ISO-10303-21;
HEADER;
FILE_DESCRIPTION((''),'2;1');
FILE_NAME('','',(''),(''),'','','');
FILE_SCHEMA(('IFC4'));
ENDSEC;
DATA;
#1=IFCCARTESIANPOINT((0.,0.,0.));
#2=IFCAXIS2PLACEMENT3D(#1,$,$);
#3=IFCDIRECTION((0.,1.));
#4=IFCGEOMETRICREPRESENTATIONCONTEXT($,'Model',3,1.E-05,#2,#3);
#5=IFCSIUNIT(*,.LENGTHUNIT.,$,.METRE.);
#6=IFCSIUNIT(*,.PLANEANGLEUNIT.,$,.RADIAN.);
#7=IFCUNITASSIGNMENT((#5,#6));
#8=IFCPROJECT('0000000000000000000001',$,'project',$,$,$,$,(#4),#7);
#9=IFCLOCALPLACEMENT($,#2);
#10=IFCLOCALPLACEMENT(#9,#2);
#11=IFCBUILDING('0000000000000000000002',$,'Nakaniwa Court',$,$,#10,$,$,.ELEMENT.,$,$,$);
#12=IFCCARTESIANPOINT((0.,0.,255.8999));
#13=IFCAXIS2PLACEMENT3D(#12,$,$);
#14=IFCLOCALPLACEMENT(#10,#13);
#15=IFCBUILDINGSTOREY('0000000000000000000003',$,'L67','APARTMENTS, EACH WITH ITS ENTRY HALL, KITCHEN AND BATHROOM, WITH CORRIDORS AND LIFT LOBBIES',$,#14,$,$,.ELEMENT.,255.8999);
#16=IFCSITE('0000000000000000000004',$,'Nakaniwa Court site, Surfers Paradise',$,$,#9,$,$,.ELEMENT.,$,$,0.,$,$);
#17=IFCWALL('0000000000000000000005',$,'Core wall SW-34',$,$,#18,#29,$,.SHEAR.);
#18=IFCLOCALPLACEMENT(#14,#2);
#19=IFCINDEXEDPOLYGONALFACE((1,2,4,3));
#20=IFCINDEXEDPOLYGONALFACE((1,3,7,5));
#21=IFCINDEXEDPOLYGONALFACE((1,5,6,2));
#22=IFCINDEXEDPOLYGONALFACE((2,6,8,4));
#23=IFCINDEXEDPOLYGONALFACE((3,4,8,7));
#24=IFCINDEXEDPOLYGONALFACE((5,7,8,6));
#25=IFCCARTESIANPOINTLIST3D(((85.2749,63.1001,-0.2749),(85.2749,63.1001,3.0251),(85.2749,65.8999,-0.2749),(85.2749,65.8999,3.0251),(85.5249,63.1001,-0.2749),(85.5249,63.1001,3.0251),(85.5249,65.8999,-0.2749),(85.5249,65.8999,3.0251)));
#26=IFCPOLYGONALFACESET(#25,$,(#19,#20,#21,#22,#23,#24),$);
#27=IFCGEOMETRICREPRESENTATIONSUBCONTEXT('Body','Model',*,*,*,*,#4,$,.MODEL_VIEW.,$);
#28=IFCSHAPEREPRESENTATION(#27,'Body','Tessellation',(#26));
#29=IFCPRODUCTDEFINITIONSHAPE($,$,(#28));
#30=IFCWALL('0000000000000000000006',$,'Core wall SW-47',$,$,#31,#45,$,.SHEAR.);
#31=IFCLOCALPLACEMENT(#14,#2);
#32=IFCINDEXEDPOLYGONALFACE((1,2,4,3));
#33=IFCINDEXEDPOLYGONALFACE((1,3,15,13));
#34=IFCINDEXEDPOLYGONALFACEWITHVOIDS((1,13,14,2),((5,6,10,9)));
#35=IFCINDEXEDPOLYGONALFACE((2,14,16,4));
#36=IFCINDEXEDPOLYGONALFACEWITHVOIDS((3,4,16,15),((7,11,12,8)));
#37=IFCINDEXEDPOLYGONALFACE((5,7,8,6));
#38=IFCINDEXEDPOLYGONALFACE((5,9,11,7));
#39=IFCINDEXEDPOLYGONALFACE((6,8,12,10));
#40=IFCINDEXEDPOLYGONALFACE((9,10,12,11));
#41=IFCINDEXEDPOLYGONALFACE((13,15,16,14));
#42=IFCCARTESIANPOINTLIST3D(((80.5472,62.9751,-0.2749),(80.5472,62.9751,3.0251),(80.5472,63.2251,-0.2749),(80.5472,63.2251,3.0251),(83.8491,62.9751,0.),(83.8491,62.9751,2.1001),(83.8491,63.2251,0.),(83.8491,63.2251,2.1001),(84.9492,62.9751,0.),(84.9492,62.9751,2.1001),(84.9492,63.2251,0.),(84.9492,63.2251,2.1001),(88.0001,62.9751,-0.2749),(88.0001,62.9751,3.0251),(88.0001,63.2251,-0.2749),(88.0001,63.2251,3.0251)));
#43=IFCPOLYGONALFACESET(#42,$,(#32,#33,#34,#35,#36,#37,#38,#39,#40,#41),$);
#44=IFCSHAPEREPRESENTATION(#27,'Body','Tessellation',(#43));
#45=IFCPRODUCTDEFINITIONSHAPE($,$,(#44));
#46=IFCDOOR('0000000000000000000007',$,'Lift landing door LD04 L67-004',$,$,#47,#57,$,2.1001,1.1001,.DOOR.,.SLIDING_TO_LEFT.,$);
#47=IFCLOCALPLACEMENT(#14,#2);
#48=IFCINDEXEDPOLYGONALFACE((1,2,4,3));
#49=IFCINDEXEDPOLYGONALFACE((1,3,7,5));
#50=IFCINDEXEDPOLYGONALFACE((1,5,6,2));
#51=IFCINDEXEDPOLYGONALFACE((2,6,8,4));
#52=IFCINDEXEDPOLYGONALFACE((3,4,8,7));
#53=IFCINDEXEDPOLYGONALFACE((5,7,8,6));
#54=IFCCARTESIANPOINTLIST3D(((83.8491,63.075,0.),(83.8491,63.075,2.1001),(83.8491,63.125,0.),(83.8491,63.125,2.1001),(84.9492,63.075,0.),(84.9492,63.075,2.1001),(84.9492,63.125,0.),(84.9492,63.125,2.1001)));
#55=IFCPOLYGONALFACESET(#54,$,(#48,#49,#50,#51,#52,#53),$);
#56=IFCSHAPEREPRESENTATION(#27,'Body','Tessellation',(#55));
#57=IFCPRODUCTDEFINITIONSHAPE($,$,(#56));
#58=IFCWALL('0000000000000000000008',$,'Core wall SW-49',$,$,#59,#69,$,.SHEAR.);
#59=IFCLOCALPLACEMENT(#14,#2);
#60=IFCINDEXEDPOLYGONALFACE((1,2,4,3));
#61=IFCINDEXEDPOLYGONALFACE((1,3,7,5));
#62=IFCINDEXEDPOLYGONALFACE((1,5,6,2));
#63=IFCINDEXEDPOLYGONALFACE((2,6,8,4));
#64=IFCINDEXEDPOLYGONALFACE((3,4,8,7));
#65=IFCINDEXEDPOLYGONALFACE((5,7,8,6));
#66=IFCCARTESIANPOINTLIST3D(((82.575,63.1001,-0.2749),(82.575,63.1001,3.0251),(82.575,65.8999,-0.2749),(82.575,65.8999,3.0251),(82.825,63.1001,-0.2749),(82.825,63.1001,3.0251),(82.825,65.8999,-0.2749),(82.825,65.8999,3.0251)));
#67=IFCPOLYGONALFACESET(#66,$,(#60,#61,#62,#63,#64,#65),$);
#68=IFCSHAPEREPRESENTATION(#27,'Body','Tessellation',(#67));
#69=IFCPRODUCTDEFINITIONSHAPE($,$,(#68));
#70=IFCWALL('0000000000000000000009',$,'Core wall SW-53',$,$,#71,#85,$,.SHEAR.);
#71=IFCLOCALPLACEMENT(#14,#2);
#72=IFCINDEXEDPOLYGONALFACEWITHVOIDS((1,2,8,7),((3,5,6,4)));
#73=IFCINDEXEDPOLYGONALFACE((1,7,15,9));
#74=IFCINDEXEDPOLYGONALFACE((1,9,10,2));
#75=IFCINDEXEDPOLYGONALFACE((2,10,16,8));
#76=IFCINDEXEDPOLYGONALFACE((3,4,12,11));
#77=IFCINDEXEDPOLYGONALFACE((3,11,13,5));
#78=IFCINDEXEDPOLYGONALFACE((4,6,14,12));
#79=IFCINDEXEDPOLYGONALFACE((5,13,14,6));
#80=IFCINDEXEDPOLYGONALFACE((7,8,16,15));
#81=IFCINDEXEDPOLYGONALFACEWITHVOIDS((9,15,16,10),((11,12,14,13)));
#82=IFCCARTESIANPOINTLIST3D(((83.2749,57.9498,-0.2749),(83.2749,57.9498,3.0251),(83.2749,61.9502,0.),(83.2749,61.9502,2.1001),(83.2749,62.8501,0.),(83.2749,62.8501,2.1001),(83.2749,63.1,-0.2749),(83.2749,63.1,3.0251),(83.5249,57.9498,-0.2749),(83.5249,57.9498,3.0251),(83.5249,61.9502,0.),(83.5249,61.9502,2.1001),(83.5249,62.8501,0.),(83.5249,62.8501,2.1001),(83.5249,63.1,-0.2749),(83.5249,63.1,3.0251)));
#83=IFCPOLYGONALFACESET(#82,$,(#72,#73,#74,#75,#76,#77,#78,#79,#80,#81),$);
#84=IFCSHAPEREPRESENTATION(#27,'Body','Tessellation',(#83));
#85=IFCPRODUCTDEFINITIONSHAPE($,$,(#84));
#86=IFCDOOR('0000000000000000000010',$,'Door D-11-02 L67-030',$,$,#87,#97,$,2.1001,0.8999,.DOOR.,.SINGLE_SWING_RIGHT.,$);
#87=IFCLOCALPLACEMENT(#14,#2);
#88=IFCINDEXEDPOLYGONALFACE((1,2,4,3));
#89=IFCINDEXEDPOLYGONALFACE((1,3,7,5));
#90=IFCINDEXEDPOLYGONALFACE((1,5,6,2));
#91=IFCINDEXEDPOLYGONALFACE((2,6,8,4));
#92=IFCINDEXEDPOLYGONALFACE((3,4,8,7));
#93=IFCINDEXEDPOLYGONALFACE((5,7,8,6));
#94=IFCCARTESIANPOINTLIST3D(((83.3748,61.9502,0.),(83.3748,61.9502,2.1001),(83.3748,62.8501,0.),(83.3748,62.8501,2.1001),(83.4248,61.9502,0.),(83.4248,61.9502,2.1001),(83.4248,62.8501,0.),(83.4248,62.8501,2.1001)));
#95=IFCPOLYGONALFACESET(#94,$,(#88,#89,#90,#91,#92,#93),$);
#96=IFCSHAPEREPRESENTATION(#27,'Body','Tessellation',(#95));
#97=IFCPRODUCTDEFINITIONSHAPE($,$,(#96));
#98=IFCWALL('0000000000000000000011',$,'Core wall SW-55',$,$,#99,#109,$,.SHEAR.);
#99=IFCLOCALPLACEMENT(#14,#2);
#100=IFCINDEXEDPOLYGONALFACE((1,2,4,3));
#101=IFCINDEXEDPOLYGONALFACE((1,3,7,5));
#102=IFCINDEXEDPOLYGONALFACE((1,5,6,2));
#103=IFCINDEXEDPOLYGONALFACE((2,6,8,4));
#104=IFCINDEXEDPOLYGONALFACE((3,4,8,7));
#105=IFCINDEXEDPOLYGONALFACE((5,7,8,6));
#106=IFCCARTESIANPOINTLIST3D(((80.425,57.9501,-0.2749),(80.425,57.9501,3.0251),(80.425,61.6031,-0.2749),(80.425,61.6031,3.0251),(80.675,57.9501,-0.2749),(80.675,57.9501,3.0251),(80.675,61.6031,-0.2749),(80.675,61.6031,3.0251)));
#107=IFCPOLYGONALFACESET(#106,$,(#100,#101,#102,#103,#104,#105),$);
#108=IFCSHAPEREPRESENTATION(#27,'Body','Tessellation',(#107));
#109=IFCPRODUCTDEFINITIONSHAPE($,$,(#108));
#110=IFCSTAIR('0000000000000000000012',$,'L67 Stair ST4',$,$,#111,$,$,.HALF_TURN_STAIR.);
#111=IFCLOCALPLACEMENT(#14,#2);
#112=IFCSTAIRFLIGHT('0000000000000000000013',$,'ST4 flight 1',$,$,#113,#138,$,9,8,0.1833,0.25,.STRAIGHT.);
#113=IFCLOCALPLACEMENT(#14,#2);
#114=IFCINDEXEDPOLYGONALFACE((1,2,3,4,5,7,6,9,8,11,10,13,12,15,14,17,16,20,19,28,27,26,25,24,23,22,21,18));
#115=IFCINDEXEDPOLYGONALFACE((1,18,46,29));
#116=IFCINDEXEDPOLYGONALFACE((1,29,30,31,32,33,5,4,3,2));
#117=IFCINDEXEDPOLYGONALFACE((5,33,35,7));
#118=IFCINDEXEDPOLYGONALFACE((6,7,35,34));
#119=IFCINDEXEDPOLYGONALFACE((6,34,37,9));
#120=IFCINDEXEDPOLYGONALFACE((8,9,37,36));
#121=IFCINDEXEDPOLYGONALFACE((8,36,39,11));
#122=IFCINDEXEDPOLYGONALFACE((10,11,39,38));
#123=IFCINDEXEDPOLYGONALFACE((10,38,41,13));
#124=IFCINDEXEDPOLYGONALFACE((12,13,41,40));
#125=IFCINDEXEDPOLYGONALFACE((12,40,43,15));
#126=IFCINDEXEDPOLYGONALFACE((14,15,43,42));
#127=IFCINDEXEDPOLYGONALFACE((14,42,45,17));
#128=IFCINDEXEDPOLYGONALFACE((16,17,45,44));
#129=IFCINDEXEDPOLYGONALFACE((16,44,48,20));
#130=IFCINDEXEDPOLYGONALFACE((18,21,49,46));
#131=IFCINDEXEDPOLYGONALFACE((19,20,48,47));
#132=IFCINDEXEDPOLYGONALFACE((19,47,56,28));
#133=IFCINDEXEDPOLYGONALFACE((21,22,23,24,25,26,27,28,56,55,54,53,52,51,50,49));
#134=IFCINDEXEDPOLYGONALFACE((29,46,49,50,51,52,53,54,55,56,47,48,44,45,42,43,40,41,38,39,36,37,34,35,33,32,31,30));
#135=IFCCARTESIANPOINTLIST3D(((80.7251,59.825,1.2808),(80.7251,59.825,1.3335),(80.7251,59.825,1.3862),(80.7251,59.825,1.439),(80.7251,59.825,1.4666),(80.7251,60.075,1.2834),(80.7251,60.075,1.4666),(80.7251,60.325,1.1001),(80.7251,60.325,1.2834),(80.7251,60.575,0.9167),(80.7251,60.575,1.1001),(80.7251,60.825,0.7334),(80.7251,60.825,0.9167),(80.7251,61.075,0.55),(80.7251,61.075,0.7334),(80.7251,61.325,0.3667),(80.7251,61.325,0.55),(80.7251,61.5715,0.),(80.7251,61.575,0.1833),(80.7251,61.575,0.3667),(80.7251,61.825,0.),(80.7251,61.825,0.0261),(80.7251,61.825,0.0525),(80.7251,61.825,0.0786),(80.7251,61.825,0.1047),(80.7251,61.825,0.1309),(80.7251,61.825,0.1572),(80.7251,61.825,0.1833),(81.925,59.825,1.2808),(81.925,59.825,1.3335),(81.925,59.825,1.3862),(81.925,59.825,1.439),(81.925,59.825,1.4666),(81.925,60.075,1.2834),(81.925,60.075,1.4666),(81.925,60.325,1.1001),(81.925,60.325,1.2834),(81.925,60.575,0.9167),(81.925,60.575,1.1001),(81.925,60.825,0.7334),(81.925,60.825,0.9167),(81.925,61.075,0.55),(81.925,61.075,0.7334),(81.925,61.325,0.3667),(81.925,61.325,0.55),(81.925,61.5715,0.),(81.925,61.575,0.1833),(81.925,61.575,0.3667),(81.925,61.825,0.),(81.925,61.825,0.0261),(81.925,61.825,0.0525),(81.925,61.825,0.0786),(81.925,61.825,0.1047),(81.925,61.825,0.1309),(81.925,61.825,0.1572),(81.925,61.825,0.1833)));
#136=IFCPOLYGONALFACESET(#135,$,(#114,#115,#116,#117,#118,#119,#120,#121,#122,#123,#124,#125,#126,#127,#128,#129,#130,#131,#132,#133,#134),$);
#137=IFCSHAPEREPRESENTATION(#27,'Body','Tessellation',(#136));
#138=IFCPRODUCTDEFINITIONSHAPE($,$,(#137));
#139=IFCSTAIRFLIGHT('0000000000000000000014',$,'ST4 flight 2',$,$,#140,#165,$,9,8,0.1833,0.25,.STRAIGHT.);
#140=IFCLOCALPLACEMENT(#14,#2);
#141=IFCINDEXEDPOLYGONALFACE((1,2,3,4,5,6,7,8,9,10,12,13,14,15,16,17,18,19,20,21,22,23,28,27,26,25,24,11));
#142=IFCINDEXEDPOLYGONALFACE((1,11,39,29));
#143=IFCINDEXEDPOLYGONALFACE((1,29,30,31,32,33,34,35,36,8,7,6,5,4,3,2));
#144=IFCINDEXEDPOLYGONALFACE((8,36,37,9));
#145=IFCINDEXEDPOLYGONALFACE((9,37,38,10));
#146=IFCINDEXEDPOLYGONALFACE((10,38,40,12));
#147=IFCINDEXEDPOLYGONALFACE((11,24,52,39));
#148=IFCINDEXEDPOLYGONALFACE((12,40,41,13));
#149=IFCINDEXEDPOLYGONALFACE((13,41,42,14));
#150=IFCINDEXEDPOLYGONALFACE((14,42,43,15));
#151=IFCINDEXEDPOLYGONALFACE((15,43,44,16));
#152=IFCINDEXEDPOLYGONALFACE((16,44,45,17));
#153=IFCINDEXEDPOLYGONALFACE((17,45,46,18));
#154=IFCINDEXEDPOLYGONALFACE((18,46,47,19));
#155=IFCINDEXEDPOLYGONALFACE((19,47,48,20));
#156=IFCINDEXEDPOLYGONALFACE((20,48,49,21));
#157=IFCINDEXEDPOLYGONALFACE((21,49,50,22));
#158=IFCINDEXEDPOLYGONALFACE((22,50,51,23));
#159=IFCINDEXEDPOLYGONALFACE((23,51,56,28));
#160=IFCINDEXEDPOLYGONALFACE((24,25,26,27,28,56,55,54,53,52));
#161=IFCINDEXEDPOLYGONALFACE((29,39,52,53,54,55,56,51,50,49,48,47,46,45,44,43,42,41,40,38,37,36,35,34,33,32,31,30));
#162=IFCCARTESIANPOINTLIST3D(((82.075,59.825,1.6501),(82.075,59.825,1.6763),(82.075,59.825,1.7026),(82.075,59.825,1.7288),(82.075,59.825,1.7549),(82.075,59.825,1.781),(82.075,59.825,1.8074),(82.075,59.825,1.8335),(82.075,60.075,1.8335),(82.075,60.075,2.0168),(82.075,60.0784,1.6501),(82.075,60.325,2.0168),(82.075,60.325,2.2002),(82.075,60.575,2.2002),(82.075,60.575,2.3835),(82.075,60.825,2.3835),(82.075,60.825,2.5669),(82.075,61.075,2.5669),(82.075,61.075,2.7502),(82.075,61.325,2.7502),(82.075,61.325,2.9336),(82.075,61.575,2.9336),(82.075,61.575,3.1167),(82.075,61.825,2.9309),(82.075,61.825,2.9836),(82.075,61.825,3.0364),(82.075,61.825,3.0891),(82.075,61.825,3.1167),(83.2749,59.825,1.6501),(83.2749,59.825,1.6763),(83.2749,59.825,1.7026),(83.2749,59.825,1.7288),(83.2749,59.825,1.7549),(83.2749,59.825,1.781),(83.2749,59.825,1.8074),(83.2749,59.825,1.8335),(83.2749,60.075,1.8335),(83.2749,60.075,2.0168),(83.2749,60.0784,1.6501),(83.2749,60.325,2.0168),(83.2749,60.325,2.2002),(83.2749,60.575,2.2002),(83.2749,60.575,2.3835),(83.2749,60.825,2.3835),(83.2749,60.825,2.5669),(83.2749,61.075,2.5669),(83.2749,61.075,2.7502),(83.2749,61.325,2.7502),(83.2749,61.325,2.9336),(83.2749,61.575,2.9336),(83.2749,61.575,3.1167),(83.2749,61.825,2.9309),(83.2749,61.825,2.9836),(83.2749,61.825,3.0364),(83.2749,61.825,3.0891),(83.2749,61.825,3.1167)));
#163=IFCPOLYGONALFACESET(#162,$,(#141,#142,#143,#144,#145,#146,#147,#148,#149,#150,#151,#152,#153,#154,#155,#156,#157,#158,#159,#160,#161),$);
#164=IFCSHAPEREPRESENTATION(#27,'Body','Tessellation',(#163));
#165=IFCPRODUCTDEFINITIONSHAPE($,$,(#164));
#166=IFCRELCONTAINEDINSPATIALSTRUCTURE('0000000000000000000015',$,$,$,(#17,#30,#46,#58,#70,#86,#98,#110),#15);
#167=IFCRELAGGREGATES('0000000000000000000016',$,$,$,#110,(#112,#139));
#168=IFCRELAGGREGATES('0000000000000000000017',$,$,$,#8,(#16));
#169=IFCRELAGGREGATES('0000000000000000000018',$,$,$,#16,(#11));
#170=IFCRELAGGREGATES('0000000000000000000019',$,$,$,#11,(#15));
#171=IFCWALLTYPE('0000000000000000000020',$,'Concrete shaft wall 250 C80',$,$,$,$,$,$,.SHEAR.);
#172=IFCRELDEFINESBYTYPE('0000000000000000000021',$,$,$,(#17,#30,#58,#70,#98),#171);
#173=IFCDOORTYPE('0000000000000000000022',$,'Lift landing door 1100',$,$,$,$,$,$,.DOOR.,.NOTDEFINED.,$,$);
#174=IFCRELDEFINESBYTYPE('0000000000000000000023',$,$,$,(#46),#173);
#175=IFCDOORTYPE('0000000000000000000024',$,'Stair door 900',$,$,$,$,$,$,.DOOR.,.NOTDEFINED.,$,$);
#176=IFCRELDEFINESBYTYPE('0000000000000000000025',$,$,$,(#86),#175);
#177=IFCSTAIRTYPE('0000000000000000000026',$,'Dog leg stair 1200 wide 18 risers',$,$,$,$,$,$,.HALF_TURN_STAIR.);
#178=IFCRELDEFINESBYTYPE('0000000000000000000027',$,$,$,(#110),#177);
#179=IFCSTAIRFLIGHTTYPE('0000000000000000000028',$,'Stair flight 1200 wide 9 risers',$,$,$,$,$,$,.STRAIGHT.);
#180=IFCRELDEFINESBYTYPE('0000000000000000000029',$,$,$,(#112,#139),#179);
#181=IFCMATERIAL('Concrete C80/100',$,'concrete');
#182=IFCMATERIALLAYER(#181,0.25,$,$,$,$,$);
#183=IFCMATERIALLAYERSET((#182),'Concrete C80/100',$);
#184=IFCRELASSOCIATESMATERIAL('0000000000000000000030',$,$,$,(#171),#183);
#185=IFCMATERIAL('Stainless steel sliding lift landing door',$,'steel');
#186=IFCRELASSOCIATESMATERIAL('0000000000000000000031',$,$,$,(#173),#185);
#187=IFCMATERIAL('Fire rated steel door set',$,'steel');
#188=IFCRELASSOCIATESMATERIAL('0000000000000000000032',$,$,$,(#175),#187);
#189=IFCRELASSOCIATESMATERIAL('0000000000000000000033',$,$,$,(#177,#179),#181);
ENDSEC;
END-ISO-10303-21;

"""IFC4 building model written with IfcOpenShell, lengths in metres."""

from ifc_helpers import new_model, si_unit, direction, frame, frame_2d, origin, place, context, subcontext, project, spatial, polyline, rectangle, outline, extrude, material, layer, layer_set, type_object, element, fill, aggregate, save


model = new_model("IFC4")

# Units and contexts
model_context = context("Model", 3, precision=1e-05, world=origin(), true_north=direction((0.0, 1.0)))
body_context = subcontext(model_context, "Body", "Model", "MODEL_VIEW")
ifc_project = project(units=[si_unit("LENGTHUNIT", "METRE"), si_unit("PLANEANGLEUNIT", "RADIAN")], contexts=[model_context])

# Site, building, storey
site_placement = place(None, origin())
site = spatial("IfcSite", under=ifc_project, at=site_placement, Name="Nakaniwa Court site, Surfers Paradise", CompositionType="ELEMENT", RefElevation=0.0)
building_placement = place(site_placement, origin())
building = spatial("IfcBuilding", under=site, at=building_placement, Name="Nakaniwa Court", CompositionType="ELEMENT")
storey_placement = place(building_placement, frame((0.0, 0.0, 255.8999)))
storey = spatial("IfcBuildingStorey", under=building, at=storey_placement, Name="L67", Description="APARTMENTS, EACH WITH ITS ENTRY HALL, KITCHEN AND BATHROOM, WITH CORRIDORS AND LIFT LOBBIES", CompositionType="ELEMENT", Elevation=255.8999)

# Shared definitions
ifc_material_1 = material(Name="Fire rated steel door set", Category="steel")

# Wall
ifc_material_2 = material(Name="Concrete C80/100", Category="concrete")
ifc_layer_1 = layer(ifc_material_2, 0.25)
ifc_layer_set_1 = layer_set([ifc_layer_1], Name="Concrete C80/100")
wall_type_1 = type_object("IfcWallType", Name="Concrete shaft wall 250 C80", PredefinedType="SHEAR", material=ifc_layer_set_1)
wall_1_placement = place(storey_placement, frame((85.3999, 63.1001, -0.2749), z_axis=(0.0, 0.0, 1.0), x_axis=(0.0, 1.0, 0.0)))
element("IfcWall", 1, at=wall_1_placement, inside=storey, type_object=wall_type_1, Name="Core wall SW-34", PredefinedType="SHEAR", context=body_context, shape_type="SweptSolid", body=[
    extrude(rectangle(XDim=2.7998, YDim=0.25, at=frame_2d((1.3999, 0.0))), origin(), (0.0, 0.0, 1.0), 3.3),
])

# Wall, opening, door
wall_2_placement = place(storey_placement, frame((80.5471, 63.1001, -0.2749), z_axis=(0.0, 0.0, 1.0), x_axis=(1.0, 0.0, 0.0)))
wall_2 = element("IfcWall", 2, at=wall_2_placement, inside=storey, type_object=wall_type_1, Name="Core wall SW-47", PredefinedType="SHEAR", context=body_context, shape_type="SweptSolid", body=[
    extrude(rectangle(XDim=7.4529, YDim=0.25, at=frame_2d((3.7266, 0.0))), origin(), (0.0, 0.0, 1.0), 3.3),
])
opening_1_placement = place(wall_2_placement, frame((3.302, 0.0, 0.2749)))
opening_1 = element("IfcOpeningElement", 3, at=opening_1_placement, cuts=wall_2, PredefinedType="OPENING", context=body_context, shape_type="SweptSolid", body=[
    extrude(rectangle(XDim=1.1001, YDim=2.1001, at=frame_2d((0.55, 1.05))), frame((0.0, 0.135, 0.0), z_axis=(0.0, -1.0, 0.0), x_axis=(1.0, 0.0, 0.0)), (0.0, 0.0, 1.0), 0.27),
])
ifc_material_3 = material(Name="Stainless steel sliding lift landing door", Category="steel")
door_type_1 = type_object("IfcDoorType", Name="Lift landing door 1100", OperationType="NOTDEFINED", PredefinedType="DOOR", material=ifc_material_3)
door_1_placement = place(opening_1_placement, origin())
door_1 = element("IfcDoor", 4, at=door_1_placement, inside=storey, type_object=door_type_1, Name="Lift landing door LD04 L67-004", OperationType="SLIDING_TO_LEFT", OverallHeight=2.1001, OverallWidth=1.1001, PredefinedType="DOOR", context=body_context, shape_type="SweptSolid", body=[
    extrude(rectangle(XDim=1.1001, YDim=2.1001, at=frame_2d((0.55, 1.05))), frame((0.0, 0.0249, 0.0), z_axis=(0.0, -1.0, 0.0), x_axis=(1.0, 0.0, 0.0)), (0.0, 0.0, 1.0), 0.05),
])
fill(opening_1, door_1)

# Wall
wall_3_placement = place(storey_placement, frame((82.7, 63.1001, -0.2749), z_axis=(0.0, 0.0, 1.0), x_axis=(0.0, 1.0, 0.0)))
element("IfcWall", 5, at=wall_3_placement, inside=storey, type_object=wall_type_1, Name="Core wall SW-49", PredefinedType="SHEAR", context=body_context, shape_type="SweptSolid", body=[
    extrude(rectangle(XDim=2.7998, YDim=0.25, at=frame_2d((1.3999, 0.0))), origin(), (0.0, 0.0, 1.0), 3.3),
])

# Wall, opening, door
wall_4_placement = place(storey_placement, frame((83.3999, 63.1001, -0.2749), z_axis=(0.0, 0.0, 1.0), x_axis=(0.0, -1.0, 0.0)))
wall_4 = element("IfcWall", 6, at=wall_4_placement, inside=storey, type_object=wall_type_1, Name="Core wall SW-53", PredefinedType="SHEAR", context=body_context, shape_type="SweptSolid", body=[
    extrude(rectangle(XDim=5.1501, YDim=0.25, at=frame_2d((2.5752, 0.0))), origin(), (0.0, 0.0, 1.0), 3.3),
])
opening_2_placement = place(wall_4_placement, frame((0.25, 0.0, 0.2749)))
opening_2 = element("IfcOpeningElement", 7, at=opening_2_placement, cuts=wall_4, PredefinedType="OPENING", context=body_context, shape_type="SweptSolid", body=[
    extrude(rectangle(XDim=0.8999, YDim=2.1001, at=frame_2d((0.45, 1.05))), frame((0.0, 0.135, 0.0), z_axis=(0.0, -1.0, 0.0), x_axis=(1.0, 0.0, 0.0)), (0.0, 0.0, 1.0), 0.27),
])
door_type_2 = type_object("IfcDoorType", Name="Stair door 900", OperationType="NOTDEFINED", PredefinedType="DOOR", material=ifc_material_1)
door_2_placement = place(opening_2_placement, origin())
door_2 = element("IfcDoor", 8, at=door_2_placement, inside=storey, type_object=door_type_2, Name="Door D-11-02 L67-030", OperationType="SINGLE_SWING_RIGHT", OverallHeight=2.1001, OverallWidth=0.8999, PredefinedType="DOOR", context=body_context, shape_type="SweptSolid", body=[
    extrude(rectangle(XDim=0.8999, YDim=2.1001, at=frame_2d((0.45, 1.05))), frame((0.0, 0.0249, 0.0), z_axis=(0.0, -1.0, 0.0), x_axis=(1.0, 0.0, 0.0)), (0.0, 0.0, 1.0), 0.05),
])
fill(opening_2, door_2)

# Wall
wall_5_placement = place(storey_placement, frame((80.55, 57.95, -0.2749), z_axis=(0.0, 0.0, 1.0), x_axis=(0.0, 1.0, 0.0)))
element("IfcWall", 9, at=wall_5_placement, inside=storey, type_object=wall_type_1, Name="Core wall SW-55", PredefinedType="SHEAR", context=body_context, shape_type="SweptSolid", body=[
    extrude(rectangle(XDim=3.6531, YDim=0.25, at=frame_2d((1.8267, 0.0))), origin(), (0.0, 0.0, 1.0), 3.3),
])

# Stair, stair flights
stair_type = type_object("IfcStairType", Name="Dog leg stair 1200 wide 18 risers", PredefinedType="HALF_TURN_STAIR", material=ifc_material_2)
stair_placement = place(storey_placement, origin())
stair = element("IfcStair", 10, at=stair_placement, inside=storey, type_object=stair_type, Name="L67 Stair ST4", PredefinedType="HALF_TURN_STAIR")
stair_flight_type = type_object("IfcStairFlightType", Name="Stair flight 1200 wide 9 risers", PredefinedType="STRAIGHT", material=ifc_material_2)
stair_flight_1_placement = place(storey_placement, frame((81.325, 61.825, 0.0), z_axis=(0.0, 0.0, 1.0), x_axis=(0.0, -1.0, 0.0)))
stair_flight_1 = element("IfcStairFlight", 11, at=stair_flight_1_placement, type_object=stair_flight_type, Name="ST4 flight 1", NumberOfRisers=9, NumberOfTreads=8, PredefinedType="STRAIGHT", RiserHeight=0.1833, TreadLength=0.25, context=body_context, shape_type="SweptSolid", body=[
    extrude(outline(polyline([(0.0, 0.0), (0.0, 0.0261), (0.0, 0.0525), (0.0, 0.0786), (0.0, 0.1047), (0.0, 0.1309), (0.0, 0.1572), (0.0, 0.1833), (0.25, 0.1833), (0.25, 0.3667), (0.5, 0.3667), (0.5, 0.55), (0.75, 0.55), (0.75, 0.7334), (1.0, 0.7334), (1.0, 0.9167), (1.25, 0.9167), (1.25, 1.1001), (1.5, 1.1001), (1.5, 1.2834), (1.75, 1.2834), (1.75, 1.4666), (2.0, 1.4666), (2.0, 1.6499), (2.0, 1.5972), (2.0, 1.5444), (2.0, 1.4917), (2.0, 1.439), (2.0, 1.3862), (2.0, 1.3335), (2.0, 1.2808), (0.2534, 0.0), (0.0, 0.0)])), frame((0.0, 0.6001, 0.0), z_axis=(0.0, -1.0, 0.0), x_axis=(1.0, 0.0, 0.0)), (0.0, 0.0, 1.0), 1.2),
])
stair_flight_2_placement = place(storey_placement, frame((82.675, 59.825, 1.6501), z_axis=(0.0, 0.0, 1.0), x_axis=(0.0, 1.0, 0.0)))
stair_flight_2 = element("IfcStairFlight", 12, at=stair_flight_2_placement, type_object=stair_flight_type, Name="ST4 flight 2", NumberOfRisers=9, NumberOfTreads=8, PredefinedType="STRAIGHT", RiserHeight=0.1833, TreadLength=0.25, context=body_context, shape_type="SweptSolid", body=[
    extrude(outline(polyline([(0.0, 0.0), (0.0, 0.0261), (0.0, 0.0525), (0.0, 0.0786), (0.0, 0.1047), (0.0, 0.1309), (0.0, 0.1572), (0.0, 0.1833), (0.25, 0.1833), (0.25, 0.3667), (0.5, 0.3667), (0.5, 0.55), (0.75, 0.55), (0.75, 0.7334), (1.0, 0.7334), (1.0, 0.9167), (1.25, 0.9167), (1.25, 1.1001), (1.5, 1.1001), (1.5, 1.2834), (1.75, 1.2834), (1.75, 1.4666), (2.0, 1.4666), (2.0, 1.6499), (2.0, 1.5972), (2.0, 1.5444), (2.0, 1.4917), (2.0, 1.439), (2.0, 1.3862), (2.0, 1.3335), (2.0, 1.2808), (0.2534, 0.0), (0.0, 0.0)])), frame((0.0, 0.6001, 0.0), z_axis=(0.0, -1.0, 0.0), x_axis=(1.0, 0.0, 0.0)), (0.0, 0.0, 1.0), 1.2),
])
aggregate(stair, [stair_flight_1, stair_flight_2])

save(model, "model.ifc")
